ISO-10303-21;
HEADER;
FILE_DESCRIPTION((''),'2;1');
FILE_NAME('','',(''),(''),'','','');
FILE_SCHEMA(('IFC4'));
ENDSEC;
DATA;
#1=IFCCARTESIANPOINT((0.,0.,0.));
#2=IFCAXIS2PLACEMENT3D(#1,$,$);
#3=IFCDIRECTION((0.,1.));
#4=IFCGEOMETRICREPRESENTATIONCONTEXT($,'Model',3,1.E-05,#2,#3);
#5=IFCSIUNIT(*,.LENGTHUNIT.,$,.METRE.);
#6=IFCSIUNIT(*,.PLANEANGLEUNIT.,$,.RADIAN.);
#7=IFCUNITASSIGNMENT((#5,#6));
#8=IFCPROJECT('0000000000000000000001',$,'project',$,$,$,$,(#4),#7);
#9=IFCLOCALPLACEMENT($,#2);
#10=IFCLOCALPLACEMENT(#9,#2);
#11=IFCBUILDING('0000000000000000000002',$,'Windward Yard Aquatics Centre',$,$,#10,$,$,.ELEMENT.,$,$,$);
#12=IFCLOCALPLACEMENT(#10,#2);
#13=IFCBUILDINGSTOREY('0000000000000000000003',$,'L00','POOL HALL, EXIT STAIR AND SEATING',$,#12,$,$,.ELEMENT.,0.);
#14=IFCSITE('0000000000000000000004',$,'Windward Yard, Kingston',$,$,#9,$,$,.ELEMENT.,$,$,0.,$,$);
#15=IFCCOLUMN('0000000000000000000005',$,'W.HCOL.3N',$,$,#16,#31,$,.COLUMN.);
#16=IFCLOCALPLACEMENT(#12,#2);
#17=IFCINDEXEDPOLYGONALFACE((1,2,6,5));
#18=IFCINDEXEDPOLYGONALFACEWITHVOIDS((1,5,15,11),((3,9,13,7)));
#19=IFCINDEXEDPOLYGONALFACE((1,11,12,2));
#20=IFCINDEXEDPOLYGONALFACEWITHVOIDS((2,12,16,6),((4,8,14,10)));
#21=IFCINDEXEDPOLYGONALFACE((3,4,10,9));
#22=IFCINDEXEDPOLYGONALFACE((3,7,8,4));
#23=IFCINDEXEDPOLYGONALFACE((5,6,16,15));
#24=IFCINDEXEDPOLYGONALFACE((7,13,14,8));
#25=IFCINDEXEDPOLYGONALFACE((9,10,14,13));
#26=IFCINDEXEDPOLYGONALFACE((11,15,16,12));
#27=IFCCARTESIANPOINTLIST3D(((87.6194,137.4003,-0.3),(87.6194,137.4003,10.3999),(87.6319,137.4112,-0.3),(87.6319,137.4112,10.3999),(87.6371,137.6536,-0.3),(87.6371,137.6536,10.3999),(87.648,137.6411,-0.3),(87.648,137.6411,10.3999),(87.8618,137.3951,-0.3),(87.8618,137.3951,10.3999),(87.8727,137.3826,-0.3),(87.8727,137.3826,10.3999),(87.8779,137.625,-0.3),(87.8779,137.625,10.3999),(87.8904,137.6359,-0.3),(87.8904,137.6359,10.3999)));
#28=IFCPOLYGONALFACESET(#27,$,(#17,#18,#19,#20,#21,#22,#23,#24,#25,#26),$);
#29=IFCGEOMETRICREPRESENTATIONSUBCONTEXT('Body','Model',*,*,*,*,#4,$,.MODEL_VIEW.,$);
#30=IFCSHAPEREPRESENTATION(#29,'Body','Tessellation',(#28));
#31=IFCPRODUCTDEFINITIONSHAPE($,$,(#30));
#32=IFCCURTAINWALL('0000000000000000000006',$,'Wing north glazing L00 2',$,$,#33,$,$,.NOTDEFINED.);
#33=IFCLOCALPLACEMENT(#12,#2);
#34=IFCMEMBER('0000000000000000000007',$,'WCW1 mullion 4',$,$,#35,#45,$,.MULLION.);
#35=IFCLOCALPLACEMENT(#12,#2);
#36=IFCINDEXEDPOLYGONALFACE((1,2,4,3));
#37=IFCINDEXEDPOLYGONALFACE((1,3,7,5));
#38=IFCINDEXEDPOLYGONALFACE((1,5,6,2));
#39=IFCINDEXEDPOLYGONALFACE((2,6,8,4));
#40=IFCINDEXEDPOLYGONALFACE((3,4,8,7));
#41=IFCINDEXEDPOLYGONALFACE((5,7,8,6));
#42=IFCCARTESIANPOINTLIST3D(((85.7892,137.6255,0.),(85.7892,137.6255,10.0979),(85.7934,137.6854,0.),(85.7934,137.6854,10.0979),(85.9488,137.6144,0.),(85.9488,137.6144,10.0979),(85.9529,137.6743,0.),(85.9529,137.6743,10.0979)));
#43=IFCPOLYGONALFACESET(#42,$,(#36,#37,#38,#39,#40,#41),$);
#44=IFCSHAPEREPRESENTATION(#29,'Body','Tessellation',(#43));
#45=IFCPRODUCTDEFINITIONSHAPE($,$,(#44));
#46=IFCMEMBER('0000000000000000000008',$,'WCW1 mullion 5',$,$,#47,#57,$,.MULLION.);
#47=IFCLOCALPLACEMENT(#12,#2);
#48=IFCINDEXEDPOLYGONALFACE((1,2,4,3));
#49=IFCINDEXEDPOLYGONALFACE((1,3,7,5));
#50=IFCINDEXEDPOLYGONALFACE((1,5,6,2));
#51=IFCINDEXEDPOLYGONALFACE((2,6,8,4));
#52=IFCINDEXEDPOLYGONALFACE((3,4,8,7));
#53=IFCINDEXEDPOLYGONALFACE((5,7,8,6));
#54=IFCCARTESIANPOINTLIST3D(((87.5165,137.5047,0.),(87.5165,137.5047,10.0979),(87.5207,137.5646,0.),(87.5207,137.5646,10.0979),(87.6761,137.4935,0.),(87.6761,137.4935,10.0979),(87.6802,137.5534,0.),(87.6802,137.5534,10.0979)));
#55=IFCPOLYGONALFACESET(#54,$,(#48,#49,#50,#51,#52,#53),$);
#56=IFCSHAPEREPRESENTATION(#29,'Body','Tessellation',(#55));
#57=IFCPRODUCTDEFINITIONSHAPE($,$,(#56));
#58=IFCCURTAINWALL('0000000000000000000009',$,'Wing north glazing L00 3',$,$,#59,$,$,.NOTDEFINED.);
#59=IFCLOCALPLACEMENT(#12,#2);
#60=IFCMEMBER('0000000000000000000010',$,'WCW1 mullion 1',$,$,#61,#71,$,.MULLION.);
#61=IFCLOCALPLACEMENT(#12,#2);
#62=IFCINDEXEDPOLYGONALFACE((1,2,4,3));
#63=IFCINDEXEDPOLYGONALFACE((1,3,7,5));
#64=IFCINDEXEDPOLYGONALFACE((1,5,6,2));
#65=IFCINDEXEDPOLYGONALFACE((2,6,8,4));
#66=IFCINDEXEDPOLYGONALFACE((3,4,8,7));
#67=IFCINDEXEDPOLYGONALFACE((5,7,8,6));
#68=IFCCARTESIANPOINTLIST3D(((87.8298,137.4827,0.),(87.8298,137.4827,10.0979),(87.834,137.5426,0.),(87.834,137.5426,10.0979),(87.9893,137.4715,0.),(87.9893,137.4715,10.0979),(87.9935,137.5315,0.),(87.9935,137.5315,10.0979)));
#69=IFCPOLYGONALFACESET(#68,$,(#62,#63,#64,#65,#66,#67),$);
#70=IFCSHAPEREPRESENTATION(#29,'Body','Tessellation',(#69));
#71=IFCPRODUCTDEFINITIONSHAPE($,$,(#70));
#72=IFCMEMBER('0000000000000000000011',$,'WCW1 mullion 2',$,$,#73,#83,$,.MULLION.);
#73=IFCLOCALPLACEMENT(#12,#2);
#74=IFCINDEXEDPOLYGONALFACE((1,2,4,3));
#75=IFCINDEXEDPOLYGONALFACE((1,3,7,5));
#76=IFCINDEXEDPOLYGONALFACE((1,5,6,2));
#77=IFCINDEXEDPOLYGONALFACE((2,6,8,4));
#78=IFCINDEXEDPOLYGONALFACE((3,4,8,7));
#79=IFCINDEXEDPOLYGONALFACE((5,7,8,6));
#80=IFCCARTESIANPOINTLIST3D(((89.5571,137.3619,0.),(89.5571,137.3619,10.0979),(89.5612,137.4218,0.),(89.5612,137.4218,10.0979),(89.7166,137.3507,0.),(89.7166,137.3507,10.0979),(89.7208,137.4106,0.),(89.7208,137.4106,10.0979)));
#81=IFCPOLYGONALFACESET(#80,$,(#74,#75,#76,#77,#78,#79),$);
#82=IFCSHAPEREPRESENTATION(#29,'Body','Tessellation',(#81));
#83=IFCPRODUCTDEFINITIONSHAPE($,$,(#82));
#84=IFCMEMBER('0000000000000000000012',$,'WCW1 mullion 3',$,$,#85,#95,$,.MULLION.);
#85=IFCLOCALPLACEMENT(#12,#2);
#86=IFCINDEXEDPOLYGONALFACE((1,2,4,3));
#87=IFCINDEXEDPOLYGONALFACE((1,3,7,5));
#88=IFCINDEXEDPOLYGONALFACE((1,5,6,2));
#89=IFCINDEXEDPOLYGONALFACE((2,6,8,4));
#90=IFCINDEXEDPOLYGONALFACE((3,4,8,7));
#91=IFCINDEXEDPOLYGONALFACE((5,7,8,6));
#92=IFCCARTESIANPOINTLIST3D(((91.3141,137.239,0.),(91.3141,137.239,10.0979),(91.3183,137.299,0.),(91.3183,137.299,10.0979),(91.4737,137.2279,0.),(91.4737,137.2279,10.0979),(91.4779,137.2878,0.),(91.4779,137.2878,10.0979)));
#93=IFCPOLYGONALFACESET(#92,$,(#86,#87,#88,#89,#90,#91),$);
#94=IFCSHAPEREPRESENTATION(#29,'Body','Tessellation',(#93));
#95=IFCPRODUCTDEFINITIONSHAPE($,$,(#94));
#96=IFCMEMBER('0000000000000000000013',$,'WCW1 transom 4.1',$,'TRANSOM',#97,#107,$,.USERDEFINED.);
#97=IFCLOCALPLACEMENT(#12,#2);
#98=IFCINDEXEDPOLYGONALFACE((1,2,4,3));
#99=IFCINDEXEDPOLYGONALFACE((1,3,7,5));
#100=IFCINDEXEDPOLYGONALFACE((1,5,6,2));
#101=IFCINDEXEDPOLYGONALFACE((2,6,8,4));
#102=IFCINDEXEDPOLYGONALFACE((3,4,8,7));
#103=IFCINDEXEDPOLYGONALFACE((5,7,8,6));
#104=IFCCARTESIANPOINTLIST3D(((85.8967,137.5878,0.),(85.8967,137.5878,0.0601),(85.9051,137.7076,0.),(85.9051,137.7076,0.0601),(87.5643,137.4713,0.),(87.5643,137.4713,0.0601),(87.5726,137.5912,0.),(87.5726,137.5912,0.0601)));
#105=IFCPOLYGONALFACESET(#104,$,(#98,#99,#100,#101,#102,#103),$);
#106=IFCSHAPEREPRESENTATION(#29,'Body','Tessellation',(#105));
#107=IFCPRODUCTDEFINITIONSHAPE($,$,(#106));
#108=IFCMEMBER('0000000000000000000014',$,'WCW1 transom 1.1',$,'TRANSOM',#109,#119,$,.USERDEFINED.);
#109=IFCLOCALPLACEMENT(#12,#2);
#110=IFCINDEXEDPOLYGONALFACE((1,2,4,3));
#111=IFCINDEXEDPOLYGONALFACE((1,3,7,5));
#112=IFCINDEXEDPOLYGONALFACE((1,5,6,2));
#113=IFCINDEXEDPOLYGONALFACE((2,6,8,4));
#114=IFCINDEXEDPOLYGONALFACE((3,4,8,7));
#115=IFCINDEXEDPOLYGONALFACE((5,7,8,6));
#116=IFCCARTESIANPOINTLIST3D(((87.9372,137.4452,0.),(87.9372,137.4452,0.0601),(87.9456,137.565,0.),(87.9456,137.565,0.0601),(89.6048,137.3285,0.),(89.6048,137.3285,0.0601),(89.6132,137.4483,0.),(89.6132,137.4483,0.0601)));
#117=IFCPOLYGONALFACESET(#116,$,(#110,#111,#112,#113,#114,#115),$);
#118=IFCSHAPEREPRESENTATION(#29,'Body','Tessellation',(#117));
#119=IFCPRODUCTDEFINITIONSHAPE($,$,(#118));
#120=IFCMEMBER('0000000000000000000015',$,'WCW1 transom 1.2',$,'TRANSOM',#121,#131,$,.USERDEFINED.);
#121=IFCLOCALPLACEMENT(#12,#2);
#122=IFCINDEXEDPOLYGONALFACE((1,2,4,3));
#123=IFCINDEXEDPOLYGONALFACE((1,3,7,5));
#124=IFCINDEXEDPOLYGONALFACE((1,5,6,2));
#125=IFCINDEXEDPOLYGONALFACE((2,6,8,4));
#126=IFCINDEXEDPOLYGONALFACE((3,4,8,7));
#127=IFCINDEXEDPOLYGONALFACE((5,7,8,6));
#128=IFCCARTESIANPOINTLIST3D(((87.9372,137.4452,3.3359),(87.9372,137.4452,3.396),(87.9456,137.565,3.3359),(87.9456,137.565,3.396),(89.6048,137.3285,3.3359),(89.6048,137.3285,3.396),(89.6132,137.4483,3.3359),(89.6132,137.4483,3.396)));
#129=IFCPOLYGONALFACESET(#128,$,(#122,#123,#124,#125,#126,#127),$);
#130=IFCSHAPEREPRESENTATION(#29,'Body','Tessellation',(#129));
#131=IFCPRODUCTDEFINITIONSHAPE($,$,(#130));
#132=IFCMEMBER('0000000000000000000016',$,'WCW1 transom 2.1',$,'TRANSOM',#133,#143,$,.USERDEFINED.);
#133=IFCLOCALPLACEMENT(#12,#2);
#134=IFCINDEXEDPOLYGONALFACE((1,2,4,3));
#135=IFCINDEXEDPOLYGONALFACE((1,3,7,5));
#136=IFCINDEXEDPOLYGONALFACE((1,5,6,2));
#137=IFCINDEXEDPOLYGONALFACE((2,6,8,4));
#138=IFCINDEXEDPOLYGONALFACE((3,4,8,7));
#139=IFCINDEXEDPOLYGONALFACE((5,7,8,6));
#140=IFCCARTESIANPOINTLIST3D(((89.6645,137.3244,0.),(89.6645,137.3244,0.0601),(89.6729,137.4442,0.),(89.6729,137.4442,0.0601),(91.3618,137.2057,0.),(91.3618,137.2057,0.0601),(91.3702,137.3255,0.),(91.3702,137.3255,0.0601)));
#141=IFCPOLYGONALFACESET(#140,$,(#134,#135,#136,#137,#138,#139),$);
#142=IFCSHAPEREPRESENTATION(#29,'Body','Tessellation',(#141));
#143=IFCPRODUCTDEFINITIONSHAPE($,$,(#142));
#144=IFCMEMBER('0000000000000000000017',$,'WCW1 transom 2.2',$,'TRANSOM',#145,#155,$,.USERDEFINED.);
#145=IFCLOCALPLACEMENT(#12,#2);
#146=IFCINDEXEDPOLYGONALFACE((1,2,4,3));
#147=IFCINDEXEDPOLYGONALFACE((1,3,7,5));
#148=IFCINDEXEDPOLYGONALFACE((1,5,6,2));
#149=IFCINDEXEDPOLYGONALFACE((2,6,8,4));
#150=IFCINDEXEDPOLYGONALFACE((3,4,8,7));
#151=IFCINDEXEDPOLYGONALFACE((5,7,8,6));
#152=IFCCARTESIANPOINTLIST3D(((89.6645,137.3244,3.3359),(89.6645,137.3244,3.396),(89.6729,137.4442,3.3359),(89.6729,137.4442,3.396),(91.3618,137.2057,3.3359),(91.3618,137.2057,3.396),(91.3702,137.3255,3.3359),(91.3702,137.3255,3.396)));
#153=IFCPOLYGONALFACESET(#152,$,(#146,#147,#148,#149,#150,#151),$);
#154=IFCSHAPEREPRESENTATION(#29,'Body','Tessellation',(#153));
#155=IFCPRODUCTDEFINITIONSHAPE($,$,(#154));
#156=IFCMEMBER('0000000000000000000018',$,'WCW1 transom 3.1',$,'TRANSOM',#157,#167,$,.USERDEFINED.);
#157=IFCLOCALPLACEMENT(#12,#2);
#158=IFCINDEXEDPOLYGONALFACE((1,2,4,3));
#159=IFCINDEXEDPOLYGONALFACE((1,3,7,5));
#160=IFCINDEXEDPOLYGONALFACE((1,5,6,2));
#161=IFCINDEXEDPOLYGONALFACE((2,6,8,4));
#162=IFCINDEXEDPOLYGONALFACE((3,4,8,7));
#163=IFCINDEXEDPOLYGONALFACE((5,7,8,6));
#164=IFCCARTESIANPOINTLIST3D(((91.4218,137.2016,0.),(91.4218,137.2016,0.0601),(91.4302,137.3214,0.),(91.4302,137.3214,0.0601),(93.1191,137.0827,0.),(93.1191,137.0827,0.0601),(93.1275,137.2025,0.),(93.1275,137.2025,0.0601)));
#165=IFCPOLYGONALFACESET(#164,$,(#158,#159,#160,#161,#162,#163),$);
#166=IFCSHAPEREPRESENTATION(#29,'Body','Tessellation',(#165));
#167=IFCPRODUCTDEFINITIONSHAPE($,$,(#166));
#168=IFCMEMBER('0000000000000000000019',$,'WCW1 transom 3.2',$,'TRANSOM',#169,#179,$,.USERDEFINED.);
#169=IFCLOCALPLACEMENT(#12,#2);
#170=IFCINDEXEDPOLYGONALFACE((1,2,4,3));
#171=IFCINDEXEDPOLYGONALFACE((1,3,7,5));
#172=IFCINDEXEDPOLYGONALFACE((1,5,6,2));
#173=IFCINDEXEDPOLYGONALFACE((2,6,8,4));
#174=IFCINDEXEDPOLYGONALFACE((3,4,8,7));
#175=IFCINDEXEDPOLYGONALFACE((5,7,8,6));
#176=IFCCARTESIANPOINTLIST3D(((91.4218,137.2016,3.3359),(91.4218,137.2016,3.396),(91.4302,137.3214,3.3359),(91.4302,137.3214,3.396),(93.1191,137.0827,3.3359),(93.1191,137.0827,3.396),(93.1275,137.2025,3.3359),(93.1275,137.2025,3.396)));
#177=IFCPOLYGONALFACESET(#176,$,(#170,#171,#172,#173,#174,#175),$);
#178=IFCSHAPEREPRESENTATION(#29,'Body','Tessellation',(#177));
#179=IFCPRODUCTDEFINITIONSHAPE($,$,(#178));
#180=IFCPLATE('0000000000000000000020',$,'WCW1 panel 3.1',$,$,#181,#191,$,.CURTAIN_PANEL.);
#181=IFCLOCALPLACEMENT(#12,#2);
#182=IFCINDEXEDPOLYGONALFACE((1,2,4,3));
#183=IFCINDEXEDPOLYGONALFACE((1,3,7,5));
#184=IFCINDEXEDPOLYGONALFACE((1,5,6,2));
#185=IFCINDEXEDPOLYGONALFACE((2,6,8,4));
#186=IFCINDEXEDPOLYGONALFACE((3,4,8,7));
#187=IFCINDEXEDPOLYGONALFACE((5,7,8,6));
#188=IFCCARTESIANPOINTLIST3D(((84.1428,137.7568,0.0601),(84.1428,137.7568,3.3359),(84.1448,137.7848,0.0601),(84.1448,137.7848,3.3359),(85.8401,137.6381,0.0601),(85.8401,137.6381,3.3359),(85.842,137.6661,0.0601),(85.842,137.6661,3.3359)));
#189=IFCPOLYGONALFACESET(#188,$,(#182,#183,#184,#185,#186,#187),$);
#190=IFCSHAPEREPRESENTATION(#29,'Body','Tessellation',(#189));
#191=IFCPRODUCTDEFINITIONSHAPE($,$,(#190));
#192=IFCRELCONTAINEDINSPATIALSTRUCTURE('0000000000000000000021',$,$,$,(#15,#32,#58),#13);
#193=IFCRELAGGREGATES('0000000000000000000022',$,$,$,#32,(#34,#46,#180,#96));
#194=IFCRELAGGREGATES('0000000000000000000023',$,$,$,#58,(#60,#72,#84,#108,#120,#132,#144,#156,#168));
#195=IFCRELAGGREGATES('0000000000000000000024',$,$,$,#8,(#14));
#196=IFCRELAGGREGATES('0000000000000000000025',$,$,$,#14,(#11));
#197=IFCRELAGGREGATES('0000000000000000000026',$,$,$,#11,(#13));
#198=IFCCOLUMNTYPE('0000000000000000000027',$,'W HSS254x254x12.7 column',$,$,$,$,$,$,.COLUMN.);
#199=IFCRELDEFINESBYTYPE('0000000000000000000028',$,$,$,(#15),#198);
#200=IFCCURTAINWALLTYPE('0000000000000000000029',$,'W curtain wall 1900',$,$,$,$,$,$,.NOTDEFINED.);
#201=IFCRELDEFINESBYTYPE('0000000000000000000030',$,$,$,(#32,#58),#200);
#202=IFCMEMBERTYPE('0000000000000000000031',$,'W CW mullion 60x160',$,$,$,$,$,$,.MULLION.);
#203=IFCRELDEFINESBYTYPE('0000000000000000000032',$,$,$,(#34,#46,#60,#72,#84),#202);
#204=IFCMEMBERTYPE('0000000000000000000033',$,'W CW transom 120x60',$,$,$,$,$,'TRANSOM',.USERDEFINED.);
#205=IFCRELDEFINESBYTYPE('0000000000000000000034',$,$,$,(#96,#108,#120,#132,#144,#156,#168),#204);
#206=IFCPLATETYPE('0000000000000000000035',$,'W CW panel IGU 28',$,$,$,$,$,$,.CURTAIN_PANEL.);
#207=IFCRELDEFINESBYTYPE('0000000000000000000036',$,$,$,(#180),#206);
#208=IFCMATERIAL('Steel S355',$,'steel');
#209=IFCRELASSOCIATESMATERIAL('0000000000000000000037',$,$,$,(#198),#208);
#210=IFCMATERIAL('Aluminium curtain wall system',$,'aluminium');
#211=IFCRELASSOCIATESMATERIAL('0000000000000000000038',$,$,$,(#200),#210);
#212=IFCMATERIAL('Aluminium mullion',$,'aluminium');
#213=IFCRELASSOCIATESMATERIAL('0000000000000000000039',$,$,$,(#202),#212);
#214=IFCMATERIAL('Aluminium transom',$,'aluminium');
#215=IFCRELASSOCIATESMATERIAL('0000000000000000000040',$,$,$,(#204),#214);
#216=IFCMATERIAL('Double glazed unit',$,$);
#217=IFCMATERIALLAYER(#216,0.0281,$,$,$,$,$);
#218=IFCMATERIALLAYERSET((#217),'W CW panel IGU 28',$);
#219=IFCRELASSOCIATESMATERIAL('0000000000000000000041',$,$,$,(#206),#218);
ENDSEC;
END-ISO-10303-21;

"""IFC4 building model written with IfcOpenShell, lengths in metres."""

from ifc_helpers import new_model, si_unit, direction, frame, origin, origin_2d, place, context, subcontext, project, spatial, rectangle, hollow_rectangle, extrude, material, layer, layer_set, material_profile, profile_set, type_object, element, aggregate, save


model = new_model("IFC4")

# Units and contexts
model_context = context("Model", 3, precision=1e-05, world=origin(), true_north=direction((0.0, 1.0)))
body_context = subcontext(model_context, "Body", "Model", "MODEL_VIEW")
ifc_project = project(units=[si_unit("LENGTHUNIT", "METRE"), si_unit("PLANEANGLEUNIT", "RADIAN")], contexts=[model_context])

# Site, building, storey
site_placement = place(None, origin())
site = spatial("IfcSite", under=ifc_project, at=site_placement, Name="Windward Yard, Kingston", CompositionType="ELEMENT", RefElevation=0.0)
building_placement = place(site_placement, origin())
building = spatial("IfcBuilding", under=site, at=building_placement, Name="Windward Yard Aquatics Centre", CompositionType="ELEMENT")
storey_placement = place(building_placement, origin())
storey = spatial("IfcBuildingStorey", under=building, at=storey_placement, Name="L00", Description="POOL HALL, EXIT STAIR AND SEATING", CompositionType="ELEMENT", Elevation=0.0)

# Column
ifc_material_1 = material(Name="Steel S355", Category="steel")
ifc_material_profile_1 = material_profile(ifc_material_1, hollow_rectangle(XDim=0.2539, YDim=0.2539, WallThickness=0.0117, at=origin_2d()), Name="HSS254x254x12.7")
ifc_profile_set_1 = profile_set([ifc_material_profile_1], Name="Steel S355")
column_type = type_object("IfcColumnType", Name="W HSS254x254x12.7 column", PredefinedType="COLUMN", material=ifc_profile_set_1)
column_placement = place(storey_placement, frame((87.7549, 137.5181, -0.3), z_axis=(0.0, 0.0, 1.0), x_axis=(0.997564, -0.069756, 0.0)))
element("IfcColumn", 1, at=column_placement, inside=storey, type_object=column_type, Name="W.HCOL.3N", PredefinedType="COLUMN", context=body_context, shape_type="SweptSolid", body=[
    extrude(hollow_rectangle(XDim=0.2539, YDim=0.2539, WallThickness=0.0117, at=origin_2d()), origin(), (0.0, 0.0, 1.0), 10.7),
])

# Curtain walls, members
ifc_material_2 = material(Name="Aluminium curtain wall system", Category="aluminium")
curtain_wall_type = type_object("IfcCurtainWallType", Name="W curtain wall 1900", PredefinedType="NOTDEFINED", material=ifc_material_2)
curtain_wall_1_placement = place(storey_placement, origin())
curtain_wall_1 = element("IfcCurtainWall", 2, at=curtain_wall_1_placement, inside=storey, type_object=curtain_wall_type, Name="Wing north glazing L00 2", PredefinedType="NOTDEFINED")
ifc_material_3 = material(Name="Aluminium mullion", Category="aluminium")
ifc_material_profile_2 = material_profile(ifc_material_3, rectangle(XDim=0.0601, YDim=0.1599, at=origin_2d()), Name="AL 60x160")
ifc_profile_set_2 = profile_set([ifc_material_profile_2], Name="Aluminium mullion")
member_type_1 = type_object("IfcMemberType", Name="W CW mullion 60x160", PredefinedType="MULLION", material=ifc_profile_set_2)
member_1_placement = place(storey_placement, frame((85.8711, 137.6499, 0.0), z_axis=(0.0, 0.0, 1.0), x_axis=(0.069756, 0.997564, 0.0)))
member_1 = element("IfcMember", 3, at=member_1_placement, type_object=member_type_1, Name="WCW1 mullion 4", PredefinedType="MULLION", context=body_context, shape_type="SweptSolid", body=[
    extrude(rectangle(XDim=0.0601, YDim=0.1599, at=origin_2d()), origin(), (0.0, 0.0, 1.0), 10.0979),
])
member_2_placement = place(storey_placement, frame((87.5984, 137.5291, 0.0), z_axis=(0.0, 0.0, 1.0), x_axis=(0.069756, 0.997564, 0.0)))
member_2 = element("IfcMember", 4, at=member_2_placement, type_object=member_type_1, Name="WCW1 mullion 5", PredefinedType="MULLION", context=body_context, shape_type="SweptSolid", body=[
    extrude(rectangle(XDim=0.0601, YDim=0.1599, at=origin_2d()), origin(), (0.0, 0.0, 1.0), 10.0979),
])
curtain_wall_2_placement = place(storey_placement, origin())
curtain_wall_2 = element("IfcCurtainWall", 5, at=curtain_wall_2_placement, inside=storey, type_object=curtain_wall_type, Name="Wing north glazing L00 3", PredefinedType="NOTDEFINED")
member_3_placement = place(storey_placement, frame((87.9116, 137.5071, 0.0), z_axis=(0.0, 0.0, 1.0), x_axis=(0.069756, 0.997564, 0.0)))
member_3 = element("IfcMember", 6, at=member_3_placement, type_object=member_type_1, Name="WCW1 mullion 1", PredefinedType="MULLION", context=body_context, shape_type="SweptSolid", body=[
    extrude(rectangle(XDim=0.0601, YDim=0.1599, at=origin_2d()), origin(), (0.0, 0.0, 1.0), 10.0979),
])
member_4_placement = place(storey_placement, frame((89.6389, 137.3862, 0.0), z_axis=(0.0, 0.0, 1.0), x_axis=(0.069756, 0.997564, 0.0)))
member_4 = element("IfcMember", 7, at=member_4_placement, type_object=member_type_1, Name="WCW1 mullion 2", PredefinedType="MULLION", context=body_context, shape_type="SweptSolid", body=[
    extrude(rectangle(XDim=0.0601, YDim=0.1599, at=origin_2d()), origin(), (0.0, 0.0, 1.0), 10.0979),
])
member_5_placement = place(storey_placement, frame((91.396, 137.2634, 0.0), z_axis=(0.0, 0.0, 1.0), x_axis=(0.069756, 0.997564, 0.0)))
member_5 = element("IfcMember", 8, at=member_5_placement, type_object=member_type_1, Name="WCW1 mullion 3", PredefinedType="MULLION", context=body_context, shape_type="SweptSolid", body=[
    extrude(rectangle(XDim=0.0601, YDim=0.1599, at=origin_2d()), origin(), (0.0, 0.0, 1.0), 10.0979),
])

# Members
ifc_material_4 = material(Name="Aluminium transom", Category="aluminium")
ifc_material_profile_3 = material_profile(ifc_material_4, rectangle(XDim=0.1201, YDim=0.0601, at=origin_2d()), Name="AL 120x60")
ifc_profile_set_3 = profile_set([ifc_material_profile_3], Name="Aluminium transom")
member_type_2 = type_object("IfcMemberType", Name="W CW transom 120x60", ElementType="TRANSOM", PredefinedType="USERDEFINED", material=ifc_profile_set_3)
member_6_placement = place(storey_placement, frame((85.9009, 137.6477, 0.03), z_axis=(0.99757, -0.069669, 0.0), x_axis=(0.069669, 0.99757, 0.0)))
member_6 = element("IfcMember", 9, at=member_6_placement, type_object=member_type_2, Name="WCW1 transom 4.1", ObjectType="TRANSOM", PredefinedType="USERDEFINED", context=body_context, shape_type="SweptSolid", body=[
    extrude(rectangle(XDim=0.1201, YDim=0.0601, at=origin_2d()), origin(), (0.0, 0.0, 1.0), 1.6716),
])
member_7_placement = place(storey_placement, frame((87.9414, 137.5051, 0.03), z_axis=(0.99756, -0.069815, 0.0), x_axis=(0.069815, 0.99756, 0.0)))
member_7 = element("IfcMember", 10, at=member_7_placement, type_object=member_type_2, Name="WCW1 transom 1.1", ObjectType="TRANSOM", PredefinedType="USERDEFINED", context=body_context, shape_type="SweptSolid", body=[
    extrude(rectangle(XDim=0.1201, YDim=0.0601, at=origin_2d()), origin(), (0.0, 0.0, 1.0), 1.6716),
])
member_8_placement = place(storey_placement, frame((87.9414, 137.5051, 3.366), z_axis=(0.99756, -0.069815, 0.0), x_axis=(0.069815, 0.99756, 0.0)))
member_8 = element("IfcMember", 11, at=member_8_placement, type_object=member_type_2, Name="WCW1 transom 1.2", ObjectType="TRANSOM", PredefinedType="USERDEFINED", context=body_context, shape_type="SweptSolid", body=[
    extrude(rectangle(XDim=0.1201, YDim=0.0601, at=origin_2d()), origin(), (0.0, 0.0, 1.0), 1.6716),
])
member_9_placement = place(storey_placement, frame((89.6687, 137.3843, 0.03), z_axis=(0.997565, -0.069738, 0.0), x_axis=(0.069738, 0.997565, 0.0)))
member_9 = element("IfcMember", 12, at=member_9_placement, type_object=member_type_2, Name="WCW1 transom 2.1", ObjectType="TRANSOM", PredefinedType="USERDEFINED", context=body_context, shape_type="SweptSolid", body=[
    extrude(rectangle(XDim=0.1201, YDim=0.0601, at=origin_2d()), origin(), (0.0, 0.0, 1.0), 1.7014),
])
member_10_placement = place(storey_placement, frame((89.6687, 137.3843, 3.366), z_axis=(0.997565, -0.069738, 0.0), x_axis=(0.069738, 0.997565, 0.0)))
member_10 = element("IfcMember", 13, at=member_10_placement, type_object=member_type_2, Name="WCW1 transom 2.2", ObjectType="TRANSOM", PredefinedType="USERDEFINED", context=body_context, shape_type="SweptSolid", body=[
    extrude(rectangle(XDim=0.1201, YDim=0.0601, at=origin_2d()), origin(), (0.0, 0.0, 1.0), 1.7014),
])
member_11_placement = place(storey_placement, frame((91.426, 137.2615, 0.03), z_axis=(0.997555, -0.069881, 0.0), x_axis=(0.069881, 0.997555, 0.0)))
member_11 = element("IfcMember", 14, at=member_11_placement, type_object=member_type_2, Name="WCW1 transom 3.1", ObjectType="TRANSOM", PredefinedType="USERDEFINED", context=body_context, shape_type="SweptSolid", body=[
    extrude(rectangle(XDim=0.1201, YDim=0.0601, at=origin_2d()), origin(), (0.0, 0.0, 1.0), 1.7014),
])
member_12_placement = place(storey_placement, frame((91.426, 137.2615, 3.366), z_axis=(0.997555, -0.069881, 0.0), x_axis=(0.069881, 0.997555, 0.0)))
member_12 = element("IfcMember", 15, at=member_12_placement, type_object=member_type_2, Name="WCW1 transom 3.2", ObjectType="TRANSOM", PredefinedType="USERDEFINED", context=body_context, shape_type="SweptSolid", body=[
    extrude(rectangle(XDim=0.1201, YDim=0.0601, at=origin_2d()), origin(), (0.0, 0.0, 1.0), 1.7014),
])

# Plate
ifc_material_5 = material(Name="Double glazed unit")
ifc_layer = layer(ifc_material_5, 0.0281)
ifc_layer_set = layer_set([ifc_layer], Name="W CW panel IGU 28")
plate_type = type_object("IfcPlateType", Name="W CW panel IGU 28", PredefinedType="CURTAIN_PANEL", material=ifc_layer_set)
plate_1_placement = place(storey_placement, frame((84.9924, 137.7114, 0.0601), z_axis=(0.0, 0.0, 1.0), x_axis=(0.997564, -0.069756, 0.0)))
plate_1 = element("IfcPlate", 16, at=plate_1_placement, type_object=plate_type, Name="WCW1 panel 3.1", PredefinedType="CURTAIN_PANEL", context=body_context, shape_type="SweptSolid", body=[
    extrude(rectangle(XDim=1.7014, YDim=0.0281, at=origin_2d()), origin(), (0.0, 0.0, 1.0), 3.2759),
])
aggregate(curtain_wall_1, [member_1, member_2, plate_1, member_6])
aggregate(curtain_wall_2, [member_3, member_4, member_5, member_7, member_8, member_9, member_10, member_11, member_12])

save(model, "model.ifc")
